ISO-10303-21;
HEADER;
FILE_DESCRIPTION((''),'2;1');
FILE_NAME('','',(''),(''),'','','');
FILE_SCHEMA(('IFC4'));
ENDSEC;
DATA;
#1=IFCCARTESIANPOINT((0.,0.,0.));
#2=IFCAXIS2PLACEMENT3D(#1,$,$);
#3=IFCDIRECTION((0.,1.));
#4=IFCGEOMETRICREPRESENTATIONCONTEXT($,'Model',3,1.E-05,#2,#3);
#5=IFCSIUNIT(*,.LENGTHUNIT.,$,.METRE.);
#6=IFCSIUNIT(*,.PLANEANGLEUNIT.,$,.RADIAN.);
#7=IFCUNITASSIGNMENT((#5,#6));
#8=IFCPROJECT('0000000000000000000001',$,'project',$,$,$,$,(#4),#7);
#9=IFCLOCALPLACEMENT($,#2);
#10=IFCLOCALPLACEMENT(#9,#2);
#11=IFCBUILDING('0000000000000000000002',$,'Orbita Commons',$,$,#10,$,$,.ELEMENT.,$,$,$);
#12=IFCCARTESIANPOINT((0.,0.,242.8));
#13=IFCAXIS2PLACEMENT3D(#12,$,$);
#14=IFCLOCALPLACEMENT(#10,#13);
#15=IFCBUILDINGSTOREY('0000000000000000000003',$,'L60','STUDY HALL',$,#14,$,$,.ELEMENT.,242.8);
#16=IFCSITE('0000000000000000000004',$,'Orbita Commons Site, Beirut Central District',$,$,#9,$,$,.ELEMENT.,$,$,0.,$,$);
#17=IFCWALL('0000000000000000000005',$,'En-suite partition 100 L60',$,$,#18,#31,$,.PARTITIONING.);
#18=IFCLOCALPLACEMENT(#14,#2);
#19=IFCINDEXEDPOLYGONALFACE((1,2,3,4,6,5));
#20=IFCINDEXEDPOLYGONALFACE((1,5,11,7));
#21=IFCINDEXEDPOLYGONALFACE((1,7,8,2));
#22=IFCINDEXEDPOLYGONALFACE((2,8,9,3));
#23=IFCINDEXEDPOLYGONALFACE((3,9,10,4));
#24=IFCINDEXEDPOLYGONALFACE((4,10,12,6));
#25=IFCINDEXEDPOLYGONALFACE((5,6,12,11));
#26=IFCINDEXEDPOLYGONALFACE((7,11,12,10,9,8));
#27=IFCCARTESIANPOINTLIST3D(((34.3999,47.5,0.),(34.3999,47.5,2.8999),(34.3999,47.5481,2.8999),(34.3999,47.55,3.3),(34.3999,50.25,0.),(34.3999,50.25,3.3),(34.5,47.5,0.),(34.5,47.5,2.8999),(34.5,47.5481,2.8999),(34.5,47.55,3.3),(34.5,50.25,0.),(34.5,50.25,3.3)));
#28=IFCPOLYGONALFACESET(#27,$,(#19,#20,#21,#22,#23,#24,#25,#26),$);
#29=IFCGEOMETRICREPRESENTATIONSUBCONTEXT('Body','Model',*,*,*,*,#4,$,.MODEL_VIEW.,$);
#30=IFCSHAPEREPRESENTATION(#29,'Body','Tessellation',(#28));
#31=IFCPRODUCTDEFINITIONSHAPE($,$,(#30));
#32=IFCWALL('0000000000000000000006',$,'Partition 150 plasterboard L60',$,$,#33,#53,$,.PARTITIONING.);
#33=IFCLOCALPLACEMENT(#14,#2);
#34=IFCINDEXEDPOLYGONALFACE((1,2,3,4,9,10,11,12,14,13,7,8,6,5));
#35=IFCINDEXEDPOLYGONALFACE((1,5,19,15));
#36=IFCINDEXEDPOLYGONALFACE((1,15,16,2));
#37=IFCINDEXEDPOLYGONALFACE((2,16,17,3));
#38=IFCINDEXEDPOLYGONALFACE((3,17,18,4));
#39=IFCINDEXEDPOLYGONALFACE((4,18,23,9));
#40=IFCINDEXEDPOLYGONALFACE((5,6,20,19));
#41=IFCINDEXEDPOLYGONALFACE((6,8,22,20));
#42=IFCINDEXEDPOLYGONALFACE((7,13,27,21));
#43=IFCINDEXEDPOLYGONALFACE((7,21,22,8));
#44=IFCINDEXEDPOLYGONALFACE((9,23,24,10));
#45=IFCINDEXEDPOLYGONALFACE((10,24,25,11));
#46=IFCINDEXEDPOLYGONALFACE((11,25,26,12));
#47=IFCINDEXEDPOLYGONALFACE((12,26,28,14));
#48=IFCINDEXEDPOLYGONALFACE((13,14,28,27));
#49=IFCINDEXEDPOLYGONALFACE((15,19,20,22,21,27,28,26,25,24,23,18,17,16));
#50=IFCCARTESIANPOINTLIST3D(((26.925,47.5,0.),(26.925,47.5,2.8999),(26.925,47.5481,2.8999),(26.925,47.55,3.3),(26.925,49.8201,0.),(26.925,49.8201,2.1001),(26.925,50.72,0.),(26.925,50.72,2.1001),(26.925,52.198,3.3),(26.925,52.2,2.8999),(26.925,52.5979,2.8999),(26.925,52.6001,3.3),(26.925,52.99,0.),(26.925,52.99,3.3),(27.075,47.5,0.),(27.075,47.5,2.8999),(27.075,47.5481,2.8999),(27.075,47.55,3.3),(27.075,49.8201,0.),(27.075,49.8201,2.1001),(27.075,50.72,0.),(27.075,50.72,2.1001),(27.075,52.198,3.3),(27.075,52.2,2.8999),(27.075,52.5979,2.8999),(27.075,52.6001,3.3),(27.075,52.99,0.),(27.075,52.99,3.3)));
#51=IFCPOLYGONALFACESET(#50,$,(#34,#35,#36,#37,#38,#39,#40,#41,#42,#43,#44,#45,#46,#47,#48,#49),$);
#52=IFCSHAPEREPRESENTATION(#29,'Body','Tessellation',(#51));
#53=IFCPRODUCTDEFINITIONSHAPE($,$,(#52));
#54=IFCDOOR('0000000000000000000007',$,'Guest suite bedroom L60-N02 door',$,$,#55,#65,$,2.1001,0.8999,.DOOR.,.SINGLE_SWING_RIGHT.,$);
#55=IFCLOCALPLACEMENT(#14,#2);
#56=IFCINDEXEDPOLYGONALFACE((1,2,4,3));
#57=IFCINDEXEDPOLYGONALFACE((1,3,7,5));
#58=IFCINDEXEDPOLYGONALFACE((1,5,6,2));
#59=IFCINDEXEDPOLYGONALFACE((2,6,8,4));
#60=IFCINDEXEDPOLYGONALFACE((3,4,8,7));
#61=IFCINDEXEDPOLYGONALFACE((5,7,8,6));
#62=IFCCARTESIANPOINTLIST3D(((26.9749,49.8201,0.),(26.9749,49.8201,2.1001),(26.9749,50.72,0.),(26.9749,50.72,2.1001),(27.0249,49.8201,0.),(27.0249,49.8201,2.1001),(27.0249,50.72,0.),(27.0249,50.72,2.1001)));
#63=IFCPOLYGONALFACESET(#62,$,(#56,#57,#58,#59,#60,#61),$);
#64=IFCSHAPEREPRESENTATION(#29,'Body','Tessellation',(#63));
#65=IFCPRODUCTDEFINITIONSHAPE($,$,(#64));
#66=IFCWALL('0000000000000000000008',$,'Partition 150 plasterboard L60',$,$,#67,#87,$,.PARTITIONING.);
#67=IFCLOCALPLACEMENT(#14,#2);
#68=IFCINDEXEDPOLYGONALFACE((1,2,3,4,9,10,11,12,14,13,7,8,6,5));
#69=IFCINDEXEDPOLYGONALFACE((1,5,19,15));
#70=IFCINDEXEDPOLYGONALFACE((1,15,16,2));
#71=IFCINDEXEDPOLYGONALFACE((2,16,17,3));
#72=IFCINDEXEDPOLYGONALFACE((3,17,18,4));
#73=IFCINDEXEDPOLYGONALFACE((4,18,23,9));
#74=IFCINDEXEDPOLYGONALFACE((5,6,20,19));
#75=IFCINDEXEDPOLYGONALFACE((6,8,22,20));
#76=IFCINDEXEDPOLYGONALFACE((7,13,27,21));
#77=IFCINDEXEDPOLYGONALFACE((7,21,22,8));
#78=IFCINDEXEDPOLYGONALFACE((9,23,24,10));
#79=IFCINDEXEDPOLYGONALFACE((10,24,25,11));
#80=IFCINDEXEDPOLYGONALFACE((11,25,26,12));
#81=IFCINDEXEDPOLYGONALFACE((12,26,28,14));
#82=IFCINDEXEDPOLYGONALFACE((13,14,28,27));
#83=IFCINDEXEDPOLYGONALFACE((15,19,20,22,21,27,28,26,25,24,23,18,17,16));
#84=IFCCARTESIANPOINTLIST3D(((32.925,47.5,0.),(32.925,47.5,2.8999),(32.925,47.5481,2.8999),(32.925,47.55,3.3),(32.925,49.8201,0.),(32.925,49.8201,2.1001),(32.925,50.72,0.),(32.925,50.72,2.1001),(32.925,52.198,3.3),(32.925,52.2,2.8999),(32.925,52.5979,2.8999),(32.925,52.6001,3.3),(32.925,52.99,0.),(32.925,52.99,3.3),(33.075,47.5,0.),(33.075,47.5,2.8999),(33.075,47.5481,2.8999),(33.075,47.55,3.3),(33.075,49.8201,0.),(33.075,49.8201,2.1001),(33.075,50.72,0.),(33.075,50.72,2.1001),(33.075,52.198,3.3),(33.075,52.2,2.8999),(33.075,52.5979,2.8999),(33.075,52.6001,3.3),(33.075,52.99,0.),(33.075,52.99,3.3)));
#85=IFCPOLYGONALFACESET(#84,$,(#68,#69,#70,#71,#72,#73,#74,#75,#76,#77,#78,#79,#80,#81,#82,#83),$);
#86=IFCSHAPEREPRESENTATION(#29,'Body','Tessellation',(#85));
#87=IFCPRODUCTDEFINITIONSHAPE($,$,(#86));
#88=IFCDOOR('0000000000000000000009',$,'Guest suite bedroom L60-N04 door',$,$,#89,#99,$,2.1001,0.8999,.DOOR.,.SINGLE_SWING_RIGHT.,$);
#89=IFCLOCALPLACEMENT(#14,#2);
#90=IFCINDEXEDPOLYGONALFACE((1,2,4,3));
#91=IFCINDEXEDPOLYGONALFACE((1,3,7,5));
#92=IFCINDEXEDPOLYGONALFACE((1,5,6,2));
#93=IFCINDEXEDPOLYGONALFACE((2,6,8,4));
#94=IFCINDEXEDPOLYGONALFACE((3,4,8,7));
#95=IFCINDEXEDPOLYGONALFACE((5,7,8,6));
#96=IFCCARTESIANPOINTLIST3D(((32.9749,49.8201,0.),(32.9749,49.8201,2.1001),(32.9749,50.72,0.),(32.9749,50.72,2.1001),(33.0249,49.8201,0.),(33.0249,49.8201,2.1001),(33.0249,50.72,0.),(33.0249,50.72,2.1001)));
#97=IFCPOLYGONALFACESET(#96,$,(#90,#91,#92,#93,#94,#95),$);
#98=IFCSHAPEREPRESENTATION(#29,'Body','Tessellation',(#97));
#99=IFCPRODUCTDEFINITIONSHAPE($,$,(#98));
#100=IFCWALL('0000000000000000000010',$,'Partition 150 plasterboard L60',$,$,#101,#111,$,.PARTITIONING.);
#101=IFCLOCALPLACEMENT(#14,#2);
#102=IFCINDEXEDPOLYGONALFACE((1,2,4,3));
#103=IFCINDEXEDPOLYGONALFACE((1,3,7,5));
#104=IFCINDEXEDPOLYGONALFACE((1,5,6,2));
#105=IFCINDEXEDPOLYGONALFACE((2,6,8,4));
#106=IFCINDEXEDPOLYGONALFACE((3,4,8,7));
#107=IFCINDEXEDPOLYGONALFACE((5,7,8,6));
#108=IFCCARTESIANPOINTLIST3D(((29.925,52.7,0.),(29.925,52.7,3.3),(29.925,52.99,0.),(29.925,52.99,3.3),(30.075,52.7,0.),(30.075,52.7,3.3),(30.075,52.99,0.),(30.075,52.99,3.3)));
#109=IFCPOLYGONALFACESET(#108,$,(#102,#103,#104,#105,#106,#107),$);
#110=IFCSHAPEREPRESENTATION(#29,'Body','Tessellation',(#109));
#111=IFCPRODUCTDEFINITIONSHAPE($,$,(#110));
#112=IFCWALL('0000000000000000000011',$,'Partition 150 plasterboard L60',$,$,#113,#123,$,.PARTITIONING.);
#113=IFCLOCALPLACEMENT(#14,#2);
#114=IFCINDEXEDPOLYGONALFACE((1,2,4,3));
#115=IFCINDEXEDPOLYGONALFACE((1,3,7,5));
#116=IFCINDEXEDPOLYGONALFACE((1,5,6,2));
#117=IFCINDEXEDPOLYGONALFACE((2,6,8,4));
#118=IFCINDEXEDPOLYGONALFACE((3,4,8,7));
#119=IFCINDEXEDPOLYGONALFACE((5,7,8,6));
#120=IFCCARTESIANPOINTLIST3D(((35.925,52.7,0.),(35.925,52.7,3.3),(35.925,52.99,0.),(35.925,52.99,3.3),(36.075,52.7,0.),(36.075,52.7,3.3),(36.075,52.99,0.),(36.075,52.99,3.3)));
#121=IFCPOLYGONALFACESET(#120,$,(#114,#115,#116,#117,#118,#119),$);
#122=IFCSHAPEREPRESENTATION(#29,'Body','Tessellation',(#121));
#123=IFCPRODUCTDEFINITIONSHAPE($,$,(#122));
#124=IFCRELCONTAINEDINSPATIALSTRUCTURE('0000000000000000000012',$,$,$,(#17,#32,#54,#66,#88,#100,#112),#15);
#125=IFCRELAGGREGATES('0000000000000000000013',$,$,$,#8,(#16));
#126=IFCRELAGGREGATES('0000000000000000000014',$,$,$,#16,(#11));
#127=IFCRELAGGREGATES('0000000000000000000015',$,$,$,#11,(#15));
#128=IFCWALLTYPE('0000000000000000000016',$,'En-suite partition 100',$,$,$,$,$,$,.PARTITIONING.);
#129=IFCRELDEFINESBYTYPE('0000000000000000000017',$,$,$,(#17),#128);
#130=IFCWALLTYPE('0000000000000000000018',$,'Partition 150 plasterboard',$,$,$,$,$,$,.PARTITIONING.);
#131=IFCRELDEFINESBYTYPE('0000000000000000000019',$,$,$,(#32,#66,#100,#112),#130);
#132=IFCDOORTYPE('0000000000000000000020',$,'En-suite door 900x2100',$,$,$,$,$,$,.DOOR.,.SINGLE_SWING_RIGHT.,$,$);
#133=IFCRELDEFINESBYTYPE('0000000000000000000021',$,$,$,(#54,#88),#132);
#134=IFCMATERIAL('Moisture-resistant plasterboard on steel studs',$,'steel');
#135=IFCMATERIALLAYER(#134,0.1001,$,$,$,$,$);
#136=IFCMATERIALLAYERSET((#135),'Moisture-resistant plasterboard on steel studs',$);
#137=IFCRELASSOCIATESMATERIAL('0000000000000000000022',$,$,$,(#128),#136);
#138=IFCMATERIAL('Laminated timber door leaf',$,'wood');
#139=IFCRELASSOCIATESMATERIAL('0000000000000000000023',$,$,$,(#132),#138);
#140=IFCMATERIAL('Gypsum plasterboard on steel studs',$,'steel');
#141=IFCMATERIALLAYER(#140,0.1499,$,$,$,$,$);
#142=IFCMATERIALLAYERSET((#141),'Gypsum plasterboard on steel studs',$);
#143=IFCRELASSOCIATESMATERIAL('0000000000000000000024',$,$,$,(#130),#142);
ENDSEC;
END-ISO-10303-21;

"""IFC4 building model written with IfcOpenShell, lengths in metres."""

from ifc_helpers import new_model, si_unit, direction, frame, frame_2d, origin, place, context, subcontext, project, spatial, polyline, rectangle, outline, extrude, material, layer, layer_set, type_object, element, fill, save


model = new_model("IFC4")

# Units and contexts
model_context = context("Model", 3, precision=1e-05, world=origin(), true_north=direction((0.0, 1.0)))
body_context = subcontext(model_context, "Body", "Model", "MODEL_VIEW")
ifc_project = project(units=[si_unit("LENGTHUNIT", "METRE"), si_unit("PLANEANGLEUNIT", "RADIAN")], contexts=[model_context])

# Site, building, storey
site_placement = place(None, origin())
site = spatial("IfcSite", under=ifc_project, at=site_placement, Name="Orbita Commons Site, Beirut Central District", CompositionType="ELEMENT", RefElevation=0.0)
building_placement = place(site_placement, origin())
building = spatial("IfcBuilding", under=site, at=building_placement, Name="Orbita Commons", CompositionType="ELEMENT")
storey_placement = place(building_placement, frame((0.0, 0.0, 242.8)))
storey = spatial("IfcBuildingStorey", under=building, at=storey_placement, Name="L60", Description="STUDY HALL", CompositionType="ELEMENT", Elevation=242.8)

# Shared definitions
ifc_material_1 = material(Name="Moisture-resistant plasterboard on steel studs", Category="steel")
ifc_layer_1 = layer(ifc_material_1, 0.1001)
ifc_layer_set_1 = layer_set([ifc_layer_1], Name="Moisture-resistant plasterboard on steel studs")
wall_type_1 = type_object("IfcWallType", Name="En-suite partition 100", PredefinedType="PARTITIONING", material=ifc_layer_set_1)
ifc_material_2 = material(Name="Laminated timber door leaf", Category="wood")
door_type = type_object("IfcDoorType", Name="En-suite door 900x2100", OperationType="SINGLE_SWING_RIGHT", PredefinedType="DOOR", material=ifc_material_2)

# Wall
wall_1_placement = place(storey_placement, frame((34.45, 50.25, 0.0), z_axis=(0.0, 0.0, 1.0), x_axis=(0.0, -1.0, 0.0)))
element("IfcWall", 1, at=wall_1_placement, inside=storey, type_object=wall_type_1, Name="En-suite partition 100 L60", PredefinedType="PARTITIONING", context=body_context, shape_type="SweptSolid", body=[
    extrude(outline(polyline([(0.0, 0.0), (2.75, 0.0), (2.75, 2.8999), (2.7019, 2.8999), (2.7, 3.3), (0.0, 3.3), (0.0, 0.0)])), frame((0.0, 0.05, 0.0), z_axis=(0.0, -1.0, 0.0), x_axis=(1.0, 0.0, 0.0)), (0.0, 0.0, 1.0), 0.1001),
])

# Walls, openings, doors
ifc_material_3 = material(Name="Gypsum plasterboard on steel studs", Category="steel")
ifc_layer_2 = layer(ifc_material_3, 0.1499)
ifc_layer_set_2 = layer_set([ifc_layer_2], Name="Gypsum plasterboard on steel studs")
wall_type_2 = type_object("IfcWallType", Name="Partition 150 plasterboard", PredefinedType="PARTITIONING", material=ifc_layer_set_2)
wall_2_placement = place(storey_placement, frame((27.0, 52.99, 0.0), z_axis=(0.0, 0.0, 1.0), x_axis=(0.0, -1.0, 0.0)))
wall_2 = element("IfcWall", 2, at=wall_2_placement, inside=storey, type_object=wall_type_2, Name="Partition 150 plasterboard L60", PredefinedType="PARTITIONING", context=body_context, shape_type="SweptSolid", body=[
    extrude(outline(polyline([(0.0, 0.0), (5.49, 0.0), (5.49, 2.8999), (5.4419, 2.8999), (5.4399, 3.3), (0.792, 3.3), (0.79, 2.8999), (0.3921, 2.8999), (0.3899, 3.3), (0.0, 3.3), (0.0, 0.0)])), frame((0.0, 0.075, 0.0), z_axis=(0.0, -1.0, 0.0), x_axis=(1.0, 0.0, 0.0)), (0.0, 0.0, 1.0), 0.1499),
])
opening_1_placement = place(wall_2_placement, frame((2.27, 0.0, 0.0)))
opening_1 = element("IfcOpeningElement", 3, at=opening_1_placement, cuts=wall_2, PredefinedType="OPENING", context=body_context, shape_type="SweptSolid", body=[
    extrude(rectangle(XDim=0.8999, YDim=2.1001, at=frame_2d((0.45, 1.05))), frame((0.0, 0.085, 0.0), z_axis=(0.0, -1.0, 0.0), x_axis=(1.0, 0.0, 0.0)), (0.0, 0.0, 1.0), 0.1699),
])
door_1_placement = place(opening_1_placement, origin())
door_1 = element("IfcDoor", 4, at=door_1_placement, inside=storey, type_object=door_type, Name="Guest suite bedroom L60-N02 door", OperationType="SINGLE_SWING_RIGHT", OverallHeight=2.1001, OverallWidth=0.8999, PredefinedType="DOOR", context=body_context, shape_type="SweptSolid", body=[
    extrude(rectangle(XDim=0.8999, YDim=2.1001, at=frame_2d((0.45, 1.05))), frame((0.0, 0.0249, 0.0), z_axis=(0.0, -1.0, 0.0), x_axis=(1.0, 0.0, 0.0)), (0.0, 0.0, 1.0), 0.05),
])
fill(opening_1, door_1)
wall_3_placement = place(storey_placement, frame((33.0, 52.99, 0.0), z_axis=(0.0, 0.0, 1.0), x_axis=(0.0, -1.0, 0.0)))
wall_3 = element("IfcWall", 5, at=wall_3_placement, inside=storey, type_object=wall_type_2, Name="Partition 150 plasterboard L60", PredefinedType="PARTITIONING", context=body_context, shape_type="SweptSolid", body=[
    extrude(outline(polyline([(0.0, 0.0), (5.49, 0.0), (5.49, 2.8999), (5.4419, 2.8999), (5.4399, 3.3), (0.792, 3.3), (0.79, 2.8999), (0.3921, 2.8999), (0.3899, 3.3), (0.0, 3.3), (0.0, 0.0)])), frame((0.0, 0.075, 0.0), z_axis=(0.0, -1.0, 0.0), x_axis=(1.0, 0.0, 0.0)), (0.0, 0.0, 1.0), 0.1499),
])
opening_2_placement = place(wall_3_placement, frame((2.27, 0.0, 0.0)))
opening_2 = element("IfcOpeningElement", 6, at=opening_2_placement, cuts=wall_3, PredefinedType="OPENING", context=body_context, shape_type="SweptSolid", body=[
    extrude(rectangle(XDim=0.8999, YDim=2.1001, at=frame_2d((0.45, 1.05))), frame((0.0, 0.085, 0.0), z_axis=(0.0, -1.0, 0.0), x_axis=(1.0, 0.0, 0.0)), (0.0, 0.0, 1.0), 0.1699),
])
door_2_placement = place(opening_2_placement, origin())
door_2 = element("IfcDoor", 7, at=door_2_placement, inside=storey, type_object=door_type, Name="Guest suite bedroom L60-N04 door", OperationType="SINGLE_SWING_RIGHT", OverallHeight=2.1001, OverallWidth=0.8999, PredefinedType="DOOR", context=body_context, shape_type="SweptSolid", body=[
    extrude(rectangle(XDim=0.8999, YDim=2.1001, at=frame_2d((0.45, 1.05))), frame((0.0, 0.0249, 0.0), z_axis=(0.0, -1.0, 0.0), x_axis=(1.0, 0.0, 0.0)), (0.0, 0.0, 1.0), 0.05),
])
fill(opening_2, door_2)

# Walls
for number, where, z_axis, x_axis, name in (
    (8, (30.0, 52.7, 0.0), (0.0, 0.0, 1.0), (0.0, 1.0, 0.0), "Partition 150 plasterboard L60"),
    (9, (36.0, 52.7, 0.0), (0.0, 0.0, 1.0), (0.0, 1.0, 0.0), "Partition 150 plasterboard L60"),
):
    element("IfcWall", number, at=place(storey_placement, frame(where, z_axis=z_axis, x_axis=x_axis)), inside=storey, type_object=wall_type_2, Name=name, PredefinedType="PARTITIONING", context=body_context, shape_type="SweptSolid", body=[
        extrude(rectangle(XDim=0.29, YDim=0.1499, at=frame_2d((0.145, 0.0))), origin(), (0.0, 0.0, 1.0), 3.3),
    ])

save(model, "model.ifc")
